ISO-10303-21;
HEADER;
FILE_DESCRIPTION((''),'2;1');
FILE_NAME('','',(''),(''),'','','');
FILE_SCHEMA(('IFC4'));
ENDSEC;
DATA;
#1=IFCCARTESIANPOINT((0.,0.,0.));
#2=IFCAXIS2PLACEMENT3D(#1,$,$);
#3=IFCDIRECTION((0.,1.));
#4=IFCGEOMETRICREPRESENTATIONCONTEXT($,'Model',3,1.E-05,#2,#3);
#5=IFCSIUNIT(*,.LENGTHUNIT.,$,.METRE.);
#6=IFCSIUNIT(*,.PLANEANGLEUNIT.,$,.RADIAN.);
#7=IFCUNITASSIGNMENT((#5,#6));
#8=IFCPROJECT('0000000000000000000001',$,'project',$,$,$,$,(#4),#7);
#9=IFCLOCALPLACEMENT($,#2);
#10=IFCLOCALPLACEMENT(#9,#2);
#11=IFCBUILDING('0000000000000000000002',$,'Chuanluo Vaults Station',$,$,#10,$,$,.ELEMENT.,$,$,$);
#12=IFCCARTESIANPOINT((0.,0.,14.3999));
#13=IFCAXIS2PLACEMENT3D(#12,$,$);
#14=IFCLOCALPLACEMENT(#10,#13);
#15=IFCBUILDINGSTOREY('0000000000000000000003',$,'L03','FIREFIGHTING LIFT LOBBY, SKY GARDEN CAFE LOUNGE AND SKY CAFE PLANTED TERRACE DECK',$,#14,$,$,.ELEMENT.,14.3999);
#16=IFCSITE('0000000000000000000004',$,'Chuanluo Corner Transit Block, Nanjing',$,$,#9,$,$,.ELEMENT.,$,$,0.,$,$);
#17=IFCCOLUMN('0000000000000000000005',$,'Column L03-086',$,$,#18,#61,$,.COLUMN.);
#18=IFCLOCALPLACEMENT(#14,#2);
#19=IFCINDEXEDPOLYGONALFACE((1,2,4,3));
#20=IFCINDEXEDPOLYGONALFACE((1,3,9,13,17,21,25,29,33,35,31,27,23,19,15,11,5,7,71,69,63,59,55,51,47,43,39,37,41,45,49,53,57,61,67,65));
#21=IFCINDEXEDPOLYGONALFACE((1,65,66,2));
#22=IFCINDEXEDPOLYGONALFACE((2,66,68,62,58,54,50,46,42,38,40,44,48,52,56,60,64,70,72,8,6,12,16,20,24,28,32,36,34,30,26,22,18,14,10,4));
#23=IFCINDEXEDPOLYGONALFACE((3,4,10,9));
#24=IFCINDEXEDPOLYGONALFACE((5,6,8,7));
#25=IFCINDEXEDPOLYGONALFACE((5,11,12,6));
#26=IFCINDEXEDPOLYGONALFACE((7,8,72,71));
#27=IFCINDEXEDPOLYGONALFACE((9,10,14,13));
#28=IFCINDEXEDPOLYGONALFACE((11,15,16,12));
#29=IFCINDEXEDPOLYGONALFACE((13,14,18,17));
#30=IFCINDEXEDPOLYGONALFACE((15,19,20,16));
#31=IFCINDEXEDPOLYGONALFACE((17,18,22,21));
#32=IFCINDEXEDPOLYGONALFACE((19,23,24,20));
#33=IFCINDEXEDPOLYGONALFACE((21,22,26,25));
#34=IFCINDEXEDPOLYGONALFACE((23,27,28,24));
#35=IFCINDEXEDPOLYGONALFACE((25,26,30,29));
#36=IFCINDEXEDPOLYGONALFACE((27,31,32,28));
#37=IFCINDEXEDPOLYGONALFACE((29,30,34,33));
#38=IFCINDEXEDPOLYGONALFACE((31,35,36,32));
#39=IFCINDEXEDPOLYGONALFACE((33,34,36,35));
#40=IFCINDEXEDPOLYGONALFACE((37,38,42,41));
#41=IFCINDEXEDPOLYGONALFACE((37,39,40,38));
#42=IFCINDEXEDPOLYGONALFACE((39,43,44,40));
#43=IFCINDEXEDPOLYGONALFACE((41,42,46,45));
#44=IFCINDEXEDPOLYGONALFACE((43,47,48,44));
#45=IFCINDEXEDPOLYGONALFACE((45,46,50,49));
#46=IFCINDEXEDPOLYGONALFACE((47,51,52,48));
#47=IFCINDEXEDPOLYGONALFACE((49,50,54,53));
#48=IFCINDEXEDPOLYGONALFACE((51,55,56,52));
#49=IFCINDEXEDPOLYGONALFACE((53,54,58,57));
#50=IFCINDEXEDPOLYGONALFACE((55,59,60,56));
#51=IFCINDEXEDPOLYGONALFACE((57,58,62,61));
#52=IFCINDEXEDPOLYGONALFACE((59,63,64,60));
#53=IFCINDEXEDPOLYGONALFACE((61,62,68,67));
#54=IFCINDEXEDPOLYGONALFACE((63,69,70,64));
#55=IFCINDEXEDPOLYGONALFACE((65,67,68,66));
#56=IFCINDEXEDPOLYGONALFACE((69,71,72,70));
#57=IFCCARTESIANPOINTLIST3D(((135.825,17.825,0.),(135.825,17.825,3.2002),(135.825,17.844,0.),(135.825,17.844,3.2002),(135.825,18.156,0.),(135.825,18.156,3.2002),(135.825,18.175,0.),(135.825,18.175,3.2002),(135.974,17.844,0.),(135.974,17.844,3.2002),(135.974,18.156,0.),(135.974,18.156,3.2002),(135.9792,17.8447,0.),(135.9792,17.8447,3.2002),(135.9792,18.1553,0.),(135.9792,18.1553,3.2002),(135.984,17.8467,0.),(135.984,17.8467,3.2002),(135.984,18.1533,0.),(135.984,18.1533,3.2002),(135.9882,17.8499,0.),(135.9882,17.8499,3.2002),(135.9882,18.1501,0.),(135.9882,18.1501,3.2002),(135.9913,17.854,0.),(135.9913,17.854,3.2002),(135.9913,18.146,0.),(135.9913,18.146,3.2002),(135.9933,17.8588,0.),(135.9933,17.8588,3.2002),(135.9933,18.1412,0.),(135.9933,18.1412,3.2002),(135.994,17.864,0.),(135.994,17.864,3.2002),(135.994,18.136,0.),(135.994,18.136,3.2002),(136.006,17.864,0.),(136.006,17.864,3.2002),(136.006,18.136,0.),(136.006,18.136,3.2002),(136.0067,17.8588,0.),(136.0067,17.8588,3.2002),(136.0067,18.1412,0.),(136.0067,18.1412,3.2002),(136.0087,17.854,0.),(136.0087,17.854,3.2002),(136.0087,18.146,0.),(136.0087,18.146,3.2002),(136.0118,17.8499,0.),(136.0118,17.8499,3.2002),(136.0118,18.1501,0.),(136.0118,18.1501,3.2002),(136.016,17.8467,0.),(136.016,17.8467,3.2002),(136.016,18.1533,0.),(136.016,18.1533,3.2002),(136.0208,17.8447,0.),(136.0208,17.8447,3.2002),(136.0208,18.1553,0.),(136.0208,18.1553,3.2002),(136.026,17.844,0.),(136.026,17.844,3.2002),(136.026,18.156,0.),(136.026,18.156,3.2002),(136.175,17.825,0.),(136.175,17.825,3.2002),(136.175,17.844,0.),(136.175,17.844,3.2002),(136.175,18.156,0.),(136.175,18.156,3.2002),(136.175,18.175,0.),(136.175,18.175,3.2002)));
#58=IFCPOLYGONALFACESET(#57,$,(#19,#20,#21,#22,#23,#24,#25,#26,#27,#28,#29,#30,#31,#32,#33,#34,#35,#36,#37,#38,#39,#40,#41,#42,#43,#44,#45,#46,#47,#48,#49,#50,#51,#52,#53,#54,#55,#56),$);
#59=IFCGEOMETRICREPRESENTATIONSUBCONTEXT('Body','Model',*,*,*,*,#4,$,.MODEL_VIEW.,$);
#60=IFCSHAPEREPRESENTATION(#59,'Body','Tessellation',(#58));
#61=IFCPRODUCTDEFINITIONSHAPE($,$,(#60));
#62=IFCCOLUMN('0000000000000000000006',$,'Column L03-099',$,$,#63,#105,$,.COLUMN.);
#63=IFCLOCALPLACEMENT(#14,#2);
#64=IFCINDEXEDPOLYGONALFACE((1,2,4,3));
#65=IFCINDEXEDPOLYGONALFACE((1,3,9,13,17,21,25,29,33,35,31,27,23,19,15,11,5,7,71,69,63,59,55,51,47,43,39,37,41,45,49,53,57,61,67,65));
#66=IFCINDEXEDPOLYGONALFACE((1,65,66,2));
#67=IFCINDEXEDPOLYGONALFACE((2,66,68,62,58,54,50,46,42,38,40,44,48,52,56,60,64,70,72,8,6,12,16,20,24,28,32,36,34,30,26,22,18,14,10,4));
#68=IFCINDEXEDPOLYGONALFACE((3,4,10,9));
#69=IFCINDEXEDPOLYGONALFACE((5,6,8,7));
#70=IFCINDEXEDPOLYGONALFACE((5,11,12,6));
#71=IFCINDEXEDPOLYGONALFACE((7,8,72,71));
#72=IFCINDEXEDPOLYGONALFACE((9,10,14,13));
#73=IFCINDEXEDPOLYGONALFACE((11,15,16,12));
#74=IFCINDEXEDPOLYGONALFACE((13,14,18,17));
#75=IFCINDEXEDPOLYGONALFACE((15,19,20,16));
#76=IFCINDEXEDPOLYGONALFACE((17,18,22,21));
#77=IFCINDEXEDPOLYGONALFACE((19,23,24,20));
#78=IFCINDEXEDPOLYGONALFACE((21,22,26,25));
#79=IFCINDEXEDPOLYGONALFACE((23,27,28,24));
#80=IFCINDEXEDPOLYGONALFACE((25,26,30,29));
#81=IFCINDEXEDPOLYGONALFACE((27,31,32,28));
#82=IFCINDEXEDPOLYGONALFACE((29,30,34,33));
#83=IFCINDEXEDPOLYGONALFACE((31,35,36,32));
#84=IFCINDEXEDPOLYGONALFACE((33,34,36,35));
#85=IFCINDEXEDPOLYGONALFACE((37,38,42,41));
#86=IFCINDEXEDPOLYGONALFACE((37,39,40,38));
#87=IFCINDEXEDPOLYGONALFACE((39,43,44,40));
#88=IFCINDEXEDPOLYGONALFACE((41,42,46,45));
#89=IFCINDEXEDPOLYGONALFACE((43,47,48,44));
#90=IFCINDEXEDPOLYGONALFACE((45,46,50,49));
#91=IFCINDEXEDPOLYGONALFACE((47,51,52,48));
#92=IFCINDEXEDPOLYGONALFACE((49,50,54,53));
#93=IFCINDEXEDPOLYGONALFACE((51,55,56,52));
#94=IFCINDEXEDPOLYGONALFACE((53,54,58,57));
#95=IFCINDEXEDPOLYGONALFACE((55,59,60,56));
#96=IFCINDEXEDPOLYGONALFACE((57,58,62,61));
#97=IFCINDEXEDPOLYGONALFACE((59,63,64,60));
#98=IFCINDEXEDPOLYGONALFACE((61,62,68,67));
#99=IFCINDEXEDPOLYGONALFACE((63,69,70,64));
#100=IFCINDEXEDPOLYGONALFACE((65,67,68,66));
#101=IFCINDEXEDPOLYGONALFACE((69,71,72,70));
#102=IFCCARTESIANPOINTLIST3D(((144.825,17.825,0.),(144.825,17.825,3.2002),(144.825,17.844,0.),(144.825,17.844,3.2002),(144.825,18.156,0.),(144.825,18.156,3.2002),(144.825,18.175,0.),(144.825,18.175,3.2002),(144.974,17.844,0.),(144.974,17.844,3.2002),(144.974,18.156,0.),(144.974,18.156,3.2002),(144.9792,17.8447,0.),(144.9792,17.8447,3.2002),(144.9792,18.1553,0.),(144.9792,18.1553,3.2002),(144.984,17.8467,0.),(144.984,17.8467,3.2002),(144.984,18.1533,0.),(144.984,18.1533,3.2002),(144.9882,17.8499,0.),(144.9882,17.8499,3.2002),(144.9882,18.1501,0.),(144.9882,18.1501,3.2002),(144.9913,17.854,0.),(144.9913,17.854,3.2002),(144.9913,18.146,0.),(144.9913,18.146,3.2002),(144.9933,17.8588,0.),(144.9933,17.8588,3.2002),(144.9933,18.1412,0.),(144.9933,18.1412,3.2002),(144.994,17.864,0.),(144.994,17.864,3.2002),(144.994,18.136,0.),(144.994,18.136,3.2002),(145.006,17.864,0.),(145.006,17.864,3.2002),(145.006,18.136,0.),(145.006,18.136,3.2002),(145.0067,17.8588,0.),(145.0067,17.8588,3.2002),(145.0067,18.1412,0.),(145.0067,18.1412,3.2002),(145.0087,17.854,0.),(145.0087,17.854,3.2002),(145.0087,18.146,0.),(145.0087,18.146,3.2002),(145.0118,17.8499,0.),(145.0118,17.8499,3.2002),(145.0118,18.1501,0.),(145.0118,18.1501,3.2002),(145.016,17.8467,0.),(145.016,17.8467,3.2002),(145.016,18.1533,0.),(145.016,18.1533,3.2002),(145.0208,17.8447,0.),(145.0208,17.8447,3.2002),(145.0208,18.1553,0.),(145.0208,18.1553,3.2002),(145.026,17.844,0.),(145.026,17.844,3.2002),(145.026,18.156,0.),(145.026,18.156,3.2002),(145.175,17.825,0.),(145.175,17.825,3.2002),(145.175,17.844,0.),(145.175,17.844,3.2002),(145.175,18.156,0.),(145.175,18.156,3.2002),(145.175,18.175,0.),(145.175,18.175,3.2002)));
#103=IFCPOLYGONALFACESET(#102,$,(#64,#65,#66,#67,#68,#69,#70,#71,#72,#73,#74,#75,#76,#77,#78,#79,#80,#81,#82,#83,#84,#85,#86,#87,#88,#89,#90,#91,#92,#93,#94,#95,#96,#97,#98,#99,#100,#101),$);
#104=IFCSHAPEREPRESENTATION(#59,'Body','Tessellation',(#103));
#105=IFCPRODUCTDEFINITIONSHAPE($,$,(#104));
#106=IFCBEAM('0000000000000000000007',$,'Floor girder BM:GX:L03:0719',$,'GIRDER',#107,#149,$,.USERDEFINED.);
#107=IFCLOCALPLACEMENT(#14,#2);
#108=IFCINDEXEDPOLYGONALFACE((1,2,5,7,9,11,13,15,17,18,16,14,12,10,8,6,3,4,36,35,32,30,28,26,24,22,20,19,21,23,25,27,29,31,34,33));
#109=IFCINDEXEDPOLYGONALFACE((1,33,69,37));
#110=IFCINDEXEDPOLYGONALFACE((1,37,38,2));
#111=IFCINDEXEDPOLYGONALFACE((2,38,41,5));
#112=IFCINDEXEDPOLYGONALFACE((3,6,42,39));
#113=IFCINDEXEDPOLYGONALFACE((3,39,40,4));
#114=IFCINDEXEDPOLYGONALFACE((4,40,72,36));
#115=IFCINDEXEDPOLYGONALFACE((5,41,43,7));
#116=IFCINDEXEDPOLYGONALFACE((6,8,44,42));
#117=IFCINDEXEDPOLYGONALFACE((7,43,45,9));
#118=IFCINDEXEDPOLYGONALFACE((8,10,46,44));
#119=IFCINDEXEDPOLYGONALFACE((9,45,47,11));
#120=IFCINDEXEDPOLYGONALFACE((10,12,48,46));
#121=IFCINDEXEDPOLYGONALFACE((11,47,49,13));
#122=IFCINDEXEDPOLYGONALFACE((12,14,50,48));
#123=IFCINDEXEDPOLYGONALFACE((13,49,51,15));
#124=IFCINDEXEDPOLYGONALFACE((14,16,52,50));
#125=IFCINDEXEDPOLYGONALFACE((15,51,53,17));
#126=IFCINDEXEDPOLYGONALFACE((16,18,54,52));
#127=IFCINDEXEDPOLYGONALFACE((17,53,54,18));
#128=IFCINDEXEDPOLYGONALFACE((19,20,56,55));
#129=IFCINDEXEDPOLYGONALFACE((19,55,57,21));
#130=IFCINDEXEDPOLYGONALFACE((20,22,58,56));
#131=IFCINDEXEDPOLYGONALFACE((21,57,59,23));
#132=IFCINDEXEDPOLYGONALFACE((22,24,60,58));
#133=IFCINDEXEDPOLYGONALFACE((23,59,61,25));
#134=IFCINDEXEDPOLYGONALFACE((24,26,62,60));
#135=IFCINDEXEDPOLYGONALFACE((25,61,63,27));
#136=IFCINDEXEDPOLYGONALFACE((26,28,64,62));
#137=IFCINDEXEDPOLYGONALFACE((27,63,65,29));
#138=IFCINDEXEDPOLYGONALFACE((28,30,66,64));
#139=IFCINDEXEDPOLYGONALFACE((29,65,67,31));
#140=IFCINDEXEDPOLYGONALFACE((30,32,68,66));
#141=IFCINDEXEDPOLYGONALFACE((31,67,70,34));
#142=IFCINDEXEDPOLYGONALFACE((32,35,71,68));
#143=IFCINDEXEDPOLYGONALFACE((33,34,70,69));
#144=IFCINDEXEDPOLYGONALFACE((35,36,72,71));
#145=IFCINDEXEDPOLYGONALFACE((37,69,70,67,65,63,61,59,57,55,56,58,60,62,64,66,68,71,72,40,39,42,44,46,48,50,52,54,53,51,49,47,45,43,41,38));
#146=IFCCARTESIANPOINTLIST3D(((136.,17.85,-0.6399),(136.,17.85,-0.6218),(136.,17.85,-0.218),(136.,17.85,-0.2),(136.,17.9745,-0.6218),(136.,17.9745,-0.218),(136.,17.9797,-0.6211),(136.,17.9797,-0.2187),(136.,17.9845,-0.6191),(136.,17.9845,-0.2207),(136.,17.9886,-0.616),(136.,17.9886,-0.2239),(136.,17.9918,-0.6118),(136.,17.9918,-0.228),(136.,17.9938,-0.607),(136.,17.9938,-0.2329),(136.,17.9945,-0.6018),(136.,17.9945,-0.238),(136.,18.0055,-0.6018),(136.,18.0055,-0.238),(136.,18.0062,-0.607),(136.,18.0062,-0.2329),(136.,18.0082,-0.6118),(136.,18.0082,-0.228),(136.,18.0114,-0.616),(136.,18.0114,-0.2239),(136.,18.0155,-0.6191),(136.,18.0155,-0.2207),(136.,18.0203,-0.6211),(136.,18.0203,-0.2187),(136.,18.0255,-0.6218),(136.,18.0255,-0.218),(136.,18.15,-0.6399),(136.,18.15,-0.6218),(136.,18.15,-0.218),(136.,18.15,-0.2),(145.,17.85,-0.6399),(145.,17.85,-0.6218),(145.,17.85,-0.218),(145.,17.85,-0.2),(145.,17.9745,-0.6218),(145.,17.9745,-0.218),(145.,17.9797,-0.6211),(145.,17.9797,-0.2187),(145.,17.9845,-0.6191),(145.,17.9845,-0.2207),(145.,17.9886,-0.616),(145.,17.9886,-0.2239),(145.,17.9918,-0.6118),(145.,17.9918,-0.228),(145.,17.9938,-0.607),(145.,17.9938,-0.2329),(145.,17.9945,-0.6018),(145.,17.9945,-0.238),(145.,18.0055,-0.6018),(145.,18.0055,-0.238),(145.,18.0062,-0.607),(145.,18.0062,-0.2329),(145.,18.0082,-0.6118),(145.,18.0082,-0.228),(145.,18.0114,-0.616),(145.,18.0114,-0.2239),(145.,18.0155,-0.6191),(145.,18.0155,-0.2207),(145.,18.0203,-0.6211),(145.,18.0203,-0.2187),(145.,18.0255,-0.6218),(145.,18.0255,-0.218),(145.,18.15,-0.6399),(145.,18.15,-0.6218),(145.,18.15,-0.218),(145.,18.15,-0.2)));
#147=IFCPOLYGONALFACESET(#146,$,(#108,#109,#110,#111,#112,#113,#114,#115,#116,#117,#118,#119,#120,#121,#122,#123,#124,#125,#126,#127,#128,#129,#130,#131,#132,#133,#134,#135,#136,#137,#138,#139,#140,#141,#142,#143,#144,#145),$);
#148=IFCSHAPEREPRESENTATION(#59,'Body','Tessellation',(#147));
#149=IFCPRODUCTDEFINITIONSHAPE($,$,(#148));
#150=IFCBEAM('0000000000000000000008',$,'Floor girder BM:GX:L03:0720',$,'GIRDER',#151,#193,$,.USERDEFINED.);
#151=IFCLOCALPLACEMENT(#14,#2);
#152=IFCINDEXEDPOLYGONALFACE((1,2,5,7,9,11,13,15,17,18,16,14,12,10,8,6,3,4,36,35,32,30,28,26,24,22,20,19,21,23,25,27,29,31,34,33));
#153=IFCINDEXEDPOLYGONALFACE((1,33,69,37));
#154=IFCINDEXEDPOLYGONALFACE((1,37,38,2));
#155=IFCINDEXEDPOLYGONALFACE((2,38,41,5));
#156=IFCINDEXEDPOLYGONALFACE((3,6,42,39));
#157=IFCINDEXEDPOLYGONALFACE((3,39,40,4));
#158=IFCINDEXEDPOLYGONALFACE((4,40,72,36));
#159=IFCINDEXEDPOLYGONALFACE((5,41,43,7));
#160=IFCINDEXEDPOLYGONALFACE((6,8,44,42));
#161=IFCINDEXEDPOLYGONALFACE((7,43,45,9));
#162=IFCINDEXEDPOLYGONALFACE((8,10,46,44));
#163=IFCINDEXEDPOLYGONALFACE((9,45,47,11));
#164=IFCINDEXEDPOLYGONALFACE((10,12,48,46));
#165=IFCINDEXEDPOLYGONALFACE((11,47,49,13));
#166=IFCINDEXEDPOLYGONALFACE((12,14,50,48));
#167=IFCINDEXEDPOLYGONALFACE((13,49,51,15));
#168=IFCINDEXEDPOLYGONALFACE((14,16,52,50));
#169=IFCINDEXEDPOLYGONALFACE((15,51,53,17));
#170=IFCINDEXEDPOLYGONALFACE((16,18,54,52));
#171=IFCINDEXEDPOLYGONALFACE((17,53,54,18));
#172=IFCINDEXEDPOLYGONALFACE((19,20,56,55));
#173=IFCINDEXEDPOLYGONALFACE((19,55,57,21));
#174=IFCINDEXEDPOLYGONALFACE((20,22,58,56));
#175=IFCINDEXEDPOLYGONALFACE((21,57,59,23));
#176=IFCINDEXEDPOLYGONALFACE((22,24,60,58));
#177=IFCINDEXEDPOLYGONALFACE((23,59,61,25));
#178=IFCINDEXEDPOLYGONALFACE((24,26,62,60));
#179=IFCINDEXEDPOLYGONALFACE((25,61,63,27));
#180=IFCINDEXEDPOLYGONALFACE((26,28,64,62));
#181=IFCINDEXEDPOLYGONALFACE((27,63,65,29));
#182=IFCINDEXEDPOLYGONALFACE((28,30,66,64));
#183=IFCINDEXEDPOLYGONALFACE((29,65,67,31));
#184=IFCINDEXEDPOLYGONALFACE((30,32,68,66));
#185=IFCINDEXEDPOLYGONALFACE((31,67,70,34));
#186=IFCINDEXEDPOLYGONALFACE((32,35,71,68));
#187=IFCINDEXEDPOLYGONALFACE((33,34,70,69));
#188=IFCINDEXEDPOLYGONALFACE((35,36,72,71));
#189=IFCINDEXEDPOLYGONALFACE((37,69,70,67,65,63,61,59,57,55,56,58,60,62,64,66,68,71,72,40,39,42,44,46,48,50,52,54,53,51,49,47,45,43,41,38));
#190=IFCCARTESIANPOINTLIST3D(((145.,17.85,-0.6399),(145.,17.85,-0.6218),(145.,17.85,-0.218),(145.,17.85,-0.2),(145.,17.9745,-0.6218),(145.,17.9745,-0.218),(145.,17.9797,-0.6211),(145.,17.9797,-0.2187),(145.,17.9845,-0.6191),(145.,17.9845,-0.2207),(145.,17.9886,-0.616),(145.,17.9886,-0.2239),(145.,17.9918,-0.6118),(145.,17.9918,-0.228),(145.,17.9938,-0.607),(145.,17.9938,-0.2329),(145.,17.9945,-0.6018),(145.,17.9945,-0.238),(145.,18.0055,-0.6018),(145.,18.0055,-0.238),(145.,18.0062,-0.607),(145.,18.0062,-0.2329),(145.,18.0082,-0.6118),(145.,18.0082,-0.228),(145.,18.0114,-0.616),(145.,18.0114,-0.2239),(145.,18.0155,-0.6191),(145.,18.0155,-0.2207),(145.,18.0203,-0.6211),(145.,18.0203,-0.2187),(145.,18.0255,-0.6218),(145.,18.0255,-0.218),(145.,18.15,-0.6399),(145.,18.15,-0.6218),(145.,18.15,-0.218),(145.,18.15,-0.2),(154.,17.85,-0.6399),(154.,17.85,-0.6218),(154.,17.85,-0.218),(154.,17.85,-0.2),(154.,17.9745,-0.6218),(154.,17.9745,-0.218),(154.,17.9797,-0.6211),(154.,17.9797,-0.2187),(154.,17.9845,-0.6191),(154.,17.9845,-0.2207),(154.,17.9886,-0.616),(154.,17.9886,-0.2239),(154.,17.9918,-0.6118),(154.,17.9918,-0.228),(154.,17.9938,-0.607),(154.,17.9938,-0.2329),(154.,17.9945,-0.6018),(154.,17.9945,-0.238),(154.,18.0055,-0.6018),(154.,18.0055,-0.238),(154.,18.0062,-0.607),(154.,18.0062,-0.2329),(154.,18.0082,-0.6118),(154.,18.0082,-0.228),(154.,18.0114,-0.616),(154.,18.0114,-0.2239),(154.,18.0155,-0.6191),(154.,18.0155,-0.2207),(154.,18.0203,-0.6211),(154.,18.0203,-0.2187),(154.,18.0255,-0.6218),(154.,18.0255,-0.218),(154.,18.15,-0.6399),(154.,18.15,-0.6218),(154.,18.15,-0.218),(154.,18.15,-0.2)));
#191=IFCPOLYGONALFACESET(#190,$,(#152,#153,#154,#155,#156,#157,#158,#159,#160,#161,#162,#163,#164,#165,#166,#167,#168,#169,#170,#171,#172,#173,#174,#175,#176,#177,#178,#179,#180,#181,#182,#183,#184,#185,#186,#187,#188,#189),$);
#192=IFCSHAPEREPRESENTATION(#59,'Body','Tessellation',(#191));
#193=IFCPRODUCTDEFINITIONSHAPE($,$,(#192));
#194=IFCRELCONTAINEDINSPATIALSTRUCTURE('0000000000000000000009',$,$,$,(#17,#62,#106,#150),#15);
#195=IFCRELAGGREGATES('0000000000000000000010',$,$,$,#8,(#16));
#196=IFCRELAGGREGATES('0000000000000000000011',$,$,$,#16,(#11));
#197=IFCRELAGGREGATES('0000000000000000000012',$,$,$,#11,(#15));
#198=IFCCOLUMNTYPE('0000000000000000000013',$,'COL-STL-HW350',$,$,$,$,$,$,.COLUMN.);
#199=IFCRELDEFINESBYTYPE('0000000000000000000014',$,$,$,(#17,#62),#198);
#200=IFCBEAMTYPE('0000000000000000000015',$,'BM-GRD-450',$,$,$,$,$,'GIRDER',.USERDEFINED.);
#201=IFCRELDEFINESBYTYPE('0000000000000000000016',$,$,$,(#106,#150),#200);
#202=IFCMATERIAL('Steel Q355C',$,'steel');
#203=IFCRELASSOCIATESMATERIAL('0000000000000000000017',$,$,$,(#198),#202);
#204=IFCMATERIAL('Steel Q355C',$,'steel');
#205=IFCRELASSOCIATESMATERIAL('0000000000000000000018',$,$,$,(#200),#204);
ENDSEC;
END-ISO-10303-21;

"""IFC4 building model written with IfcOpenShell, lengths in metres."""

from ifc_helpers import new_model, si_unit, direction, frame, origin, origin_2d, place, context, subcontext, project, spatial, i_section, extrude, material, material_profile, profile_set, type_object, element, save


model = new_model("IFC4")

# Units and contexts
model_context = context("Model", 3, precision=1e-05, world=origin(), true_north=direction((0.0, 1.0)))
body_context = subcontext(model_context, "Body", "Model", "MODEL_VIEW")
ifc_project = project(units=[si_unit("LENGTHUNIT", "METRE"), si_unit("PLANEANGLEUNIT", "RADIAN")], contexts=[model_context])

# Site, building, storey
site_placement = place(None, origin())
site = spatial("IfcSite", under=ifc_project, at=site_placement, Name="Chuanluo Corner Transit Block, Nanjing", CompositionType="ELEMENT", RefElevation=0.0)
building_placement = place(site_placement, origin())
building = spatial("IfcBuilding", under=site, at=building_placement, Name="Chuanluo Vaults Station", CompositionType="ELEMENT")
storey_placement = place(building_placement, frame((0.0, 0.0, 14.3999)))
storey = spatial("IfcBuildingStorey", under=building, at=storey_placement, Name="L03", Description="FIREFIGHTING LIFT LOBBY, SKY GARDEN CAFE LOUNGE AND SKY CAFE PLANTED TERRACE DECK", CompositionType="ELEMENT", Elevation=14.3999)

# Columns
ifc_material_1 = material(Name="Steel Q355C", Category="steel")
ifc_material_profile_1 = material_profile(ifc_material_1, i_section(OverallWidth=0.3501, OverallDepth=0.3501, WebThickness=0.012, FlangeThickness=0.019, FilletRadius=0.02, at=origin_2d()))
ifc_profile_set_1 = profile_set([ifc_material_profile_1], Name="Steel Q355C")
column_type = type_object("IfcColumnType", Name="COL-STL-HW350", PredefinedType="COLUMN", material=ifc_profile_set_1)
for number, where, z_axis, x_axis, name in (
    (1, (136.0, 18.0, 0.0), (0.0, 0.0, 1.0), (1.0, 0.0, 0.0), "Column L03-086"),
    (2, (145.0, 18.0, 0.0), (0.0, 0.0, 1.0), (1.0, 0.0, 0.0), "Column L03-099"),
):
    element("IfcColumn", number, at=place(storey_placement, frame(where, z_axis=z_axis, x_axis=x_axis)), inside=storey, type_object=column_type, Name=name, PredefinedType="COLUMN", context=body_context, shape_type="SweptSolid", body=[
        extrude(i_section(OverallWidth=0.3501, OverallDepth=0.3501, WebThickness=0.012, FlangeThickness=0.019, FilletRadius=0.02, at=origin_2d()), origin(), (0.0, 0.0, 1.0), 3.2002),
    ])

# Beams
ifc_material_2 = material(Name="Steel Q355C", Category="steel")
ifc_material_profile_2 = material_profile(ifc_material_2, i_section(OverallWidth=0.3, OverallDepth=0.4399, WebThickness=0.011, FlangeThickness=0.0181, FilletRadius=0.02, at=origin_2d()))
ifc_profile_set_2 = profile_set([ifc_material_profile_2], Name="Steel Q355C")
beam_type_1 = type_object("IfcBeamType", Name="BM-GRD-450", ElementType="GIRDER", PredefinedType="USERDEFINED", material=ifc_profile_set_2)
for number, where, z_axis, x_axis, name in (
    (3, (136.0, 18.0, -0.4199), (1.0, 0.0, 0.0), (0.0, 1.0, 0.0), "Floor girder BM:GX:L03:0719"),
    (4, (145.0, 18.0, -0.4199), (1.0, 0.0, 0.0), (0.0, 1.0, 0.0), "Floor girder BM:GX:L03:0720"),
):
    element("IfcBeam", number, at=place(storey_placement, frame(where, z_axis=z_axis, x_axis=x_axis)), inside=storey, type_object=beam_type_1, Name=name, ObjectType="GIRDER", PredefinedType="USERDEFINED", context=body_context, shape_type="SweptSolid", body=[
        extrude(i_section(OverallWidth=0.3, OverallDepth=0.4399, WebThickness=0.011, FlangeThickness=0.0181, FilletRadius=0.02, at=origin_2d()), origin(), (0.0, 0.0, 1.0), 9.0),
    ])

save(model, "model.ifc")
